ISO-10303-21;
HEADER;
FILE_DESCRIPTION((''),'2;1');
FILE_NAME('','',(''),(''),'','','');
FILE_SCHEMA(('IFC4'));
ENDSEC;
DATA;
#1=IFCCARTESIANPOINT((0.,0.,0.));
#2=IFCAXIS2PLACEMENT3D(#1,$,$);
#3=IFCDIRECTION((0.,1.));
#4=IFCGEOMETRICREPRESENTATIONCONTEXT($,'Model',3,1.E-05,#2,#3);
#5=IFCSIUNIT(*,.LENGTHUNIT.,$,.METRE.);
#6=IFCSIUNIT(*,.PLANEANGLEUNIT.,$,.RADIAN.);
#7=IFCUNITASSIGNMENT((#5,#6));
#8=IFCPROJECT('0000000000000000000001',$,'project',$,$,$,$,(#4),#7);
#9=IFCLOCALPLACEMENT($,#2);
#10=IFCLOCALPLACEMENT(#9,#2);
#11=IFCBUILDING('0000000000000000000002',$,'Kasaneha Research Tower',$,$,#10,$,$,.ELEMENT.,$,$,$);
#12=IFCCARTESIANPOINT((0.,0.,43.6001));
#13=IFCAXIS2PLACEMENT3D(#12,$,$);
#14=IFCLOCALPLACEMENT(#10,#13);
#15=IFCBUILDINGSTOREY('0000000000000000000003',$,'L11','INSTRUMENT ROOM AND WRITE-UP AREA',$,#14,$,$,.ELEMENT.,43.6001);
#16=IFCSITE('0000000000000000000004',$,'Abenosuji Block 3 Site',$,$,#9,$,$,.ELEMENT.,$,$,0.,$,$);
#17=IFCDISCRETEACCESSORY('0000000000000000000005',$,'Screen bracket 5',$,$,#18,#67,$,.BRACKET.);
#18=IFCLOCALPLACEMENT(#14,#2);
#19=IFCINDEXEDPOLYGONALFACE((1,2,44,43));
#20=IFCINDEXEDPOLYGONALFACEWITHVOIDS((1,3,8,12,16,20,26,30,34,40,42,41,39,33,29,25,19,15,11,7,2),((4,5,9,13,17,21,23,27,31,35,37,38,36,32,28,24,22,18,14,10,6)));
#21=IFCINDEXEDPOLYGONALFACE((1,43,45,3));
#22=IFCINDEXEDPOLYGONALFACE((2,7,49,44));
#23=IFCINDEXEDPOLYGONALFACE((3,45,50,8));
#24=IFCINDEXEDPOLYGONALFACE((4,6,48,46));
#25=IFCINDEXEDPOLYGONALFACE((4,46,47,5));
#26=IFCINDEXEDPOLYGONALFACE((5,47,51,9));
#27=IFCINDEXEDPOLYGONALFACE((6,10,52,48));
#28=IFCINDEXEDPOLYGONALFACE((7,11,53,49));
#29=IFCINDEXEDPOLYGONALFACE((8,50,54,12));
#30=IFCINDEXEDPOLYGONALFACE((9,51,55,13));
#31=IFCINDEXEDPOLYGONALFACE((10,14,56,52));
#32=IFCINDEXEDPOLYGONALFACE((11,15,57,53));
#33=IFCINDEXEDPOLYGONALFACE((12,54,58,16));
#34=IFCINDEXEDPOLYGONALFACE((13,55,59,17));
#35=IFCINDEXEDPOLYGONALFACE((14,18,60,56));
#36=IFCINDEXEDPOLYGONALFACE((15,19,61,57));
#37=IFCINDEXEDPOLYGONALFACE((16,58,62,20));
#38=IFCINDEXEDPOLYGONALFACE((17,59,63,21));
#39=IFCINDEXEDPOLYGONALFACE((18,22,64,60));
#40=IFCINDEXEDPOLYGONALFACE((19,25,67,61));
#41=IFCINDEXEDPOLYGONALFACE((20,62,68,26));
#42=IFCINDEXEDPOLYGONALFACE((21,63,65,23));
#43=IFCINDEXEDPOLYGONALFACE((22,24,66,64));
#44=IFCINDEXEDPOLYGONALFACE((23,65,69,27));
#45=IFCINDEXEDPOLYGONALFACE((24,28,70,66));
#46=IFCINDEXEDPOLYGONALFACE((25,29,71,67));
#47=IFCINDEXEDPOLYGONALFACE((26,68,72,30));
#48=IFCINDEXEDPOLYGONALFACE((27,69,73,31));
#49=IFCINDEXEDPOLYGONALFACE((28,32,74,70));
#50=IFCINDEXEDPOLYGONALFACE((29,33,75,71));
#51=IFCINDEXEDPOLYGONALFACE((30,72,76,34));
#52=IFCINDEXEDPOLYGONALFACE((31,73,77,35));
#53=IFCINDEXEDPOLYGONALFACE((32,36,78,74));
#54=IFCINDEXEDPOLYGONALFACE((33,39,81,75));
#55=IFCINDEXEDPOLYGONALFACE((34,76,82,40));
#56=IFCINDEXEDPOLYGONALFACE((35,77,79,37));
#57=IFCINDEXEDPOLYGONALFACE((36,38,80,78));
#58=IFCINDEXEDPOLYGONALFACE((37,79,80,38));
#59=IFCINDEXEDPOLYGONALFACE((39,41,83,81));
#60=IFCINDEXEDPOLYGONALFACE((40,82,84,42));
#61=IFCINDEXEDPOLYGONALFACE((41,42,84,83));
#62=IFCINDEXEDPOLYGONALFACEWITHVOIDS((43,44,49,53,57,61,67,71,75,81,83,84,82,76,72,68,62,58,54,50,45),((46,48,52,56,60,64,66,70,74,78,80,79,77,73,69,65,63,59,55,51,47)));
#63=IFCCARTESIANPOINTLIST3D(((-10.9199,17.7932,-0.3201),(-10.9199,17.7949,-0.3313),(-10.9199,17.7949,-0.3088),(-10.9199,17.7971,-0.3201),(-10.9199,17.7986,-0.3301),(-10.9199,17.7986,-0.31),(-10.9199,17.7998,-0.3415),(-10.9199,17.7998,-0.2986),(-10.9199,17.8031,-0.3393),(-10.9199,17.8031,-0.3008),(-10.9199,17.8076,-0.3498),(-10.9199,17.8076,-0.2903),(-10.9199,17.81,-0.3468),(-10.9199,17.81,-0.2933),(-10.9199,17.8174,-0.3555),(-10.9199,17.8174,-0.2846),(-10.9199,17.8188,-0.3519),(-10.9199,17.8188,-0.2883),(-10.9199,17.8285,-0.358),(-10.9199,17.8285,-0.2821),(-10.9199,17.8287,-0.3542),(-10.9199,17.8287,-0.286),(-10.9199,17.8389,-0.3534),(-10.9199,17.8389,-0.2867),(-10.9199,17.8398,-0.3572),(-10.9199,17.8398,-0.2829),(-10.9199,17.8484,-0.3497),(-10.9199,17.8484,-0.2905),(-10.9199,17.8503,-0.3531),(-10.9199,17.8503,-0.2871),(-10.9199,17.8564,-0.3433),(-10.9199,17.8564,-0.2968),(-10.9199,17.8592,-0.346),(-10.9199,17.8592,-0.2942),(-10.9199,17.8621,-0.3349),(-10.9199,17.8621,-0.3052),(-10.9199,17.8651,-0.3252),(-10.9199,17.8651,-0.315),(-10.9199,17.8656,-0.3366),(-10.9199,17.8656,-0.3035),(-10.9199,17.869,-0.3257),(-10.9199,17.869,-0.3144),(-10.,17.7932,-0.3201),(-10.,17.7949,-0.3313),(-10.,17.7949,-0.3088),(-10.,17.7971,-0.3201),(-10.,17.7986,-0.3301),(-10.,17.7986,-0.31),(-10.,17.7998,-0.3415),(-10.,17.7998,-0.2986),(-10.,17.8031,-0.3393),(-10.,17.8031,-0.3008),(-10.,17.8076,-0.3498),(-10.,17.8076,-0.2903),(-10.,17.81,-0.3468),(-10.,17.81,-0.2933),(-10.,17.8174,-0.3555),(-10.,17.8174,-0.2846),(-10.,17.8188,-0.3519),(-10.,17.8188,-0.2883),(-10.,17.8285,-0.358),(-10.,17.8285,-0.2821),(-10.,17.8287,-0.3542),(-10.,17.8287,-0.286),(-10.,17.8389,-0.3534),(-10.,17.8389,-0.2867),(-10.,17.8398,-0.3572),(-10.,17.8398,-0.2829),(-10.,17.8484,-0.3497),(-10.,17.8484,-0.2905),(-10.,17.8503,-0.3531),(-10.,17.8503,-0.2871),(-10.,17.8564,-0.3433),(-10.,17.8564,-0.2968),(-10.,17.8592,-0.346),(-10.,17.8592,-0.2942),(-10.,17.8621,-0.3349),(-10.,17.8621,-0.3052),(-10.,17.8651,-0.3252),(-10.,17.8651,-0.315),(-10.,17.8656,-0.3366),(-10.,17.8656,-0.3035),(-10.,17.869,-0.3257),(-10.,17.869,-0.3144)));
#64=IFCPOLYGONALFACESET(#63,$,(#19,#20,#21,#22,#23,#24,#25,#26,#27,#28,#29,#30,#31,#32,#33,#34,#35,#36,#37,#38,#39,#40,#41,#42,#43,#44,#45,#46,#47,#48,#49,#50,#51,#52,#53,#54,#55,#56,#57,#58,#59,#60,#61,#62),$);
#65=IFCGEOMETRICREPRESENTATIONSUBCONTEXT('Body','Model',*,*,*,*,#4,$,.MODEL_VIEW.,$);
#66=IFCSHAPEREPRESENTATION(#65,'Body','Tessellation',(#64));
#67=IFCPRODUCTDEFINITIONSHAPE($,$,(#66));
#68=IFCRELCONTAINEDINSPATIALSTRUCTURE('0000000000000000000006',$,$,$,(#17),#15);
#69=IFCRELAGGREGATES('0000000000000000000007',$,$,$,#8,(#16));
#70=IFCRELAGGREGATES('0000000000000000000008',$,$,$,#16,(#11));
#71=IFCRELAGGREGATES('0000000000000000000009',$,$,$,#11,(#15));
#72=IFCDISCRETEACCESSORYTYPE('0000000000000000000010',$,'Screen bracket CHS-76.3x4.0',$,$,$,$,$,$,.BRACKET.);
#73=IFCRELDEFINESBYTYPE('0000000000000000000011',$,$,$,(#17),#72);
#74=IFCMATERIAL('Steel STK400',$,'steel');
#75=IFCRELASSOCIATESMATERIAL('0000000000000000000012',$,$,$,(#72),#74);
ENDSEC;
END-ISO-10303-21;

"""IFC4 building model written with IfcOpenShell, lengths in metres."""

from ifc_helpers import new_model, si_unit, direction, frame, origin, origin_2d, place, context, subcontext, project, spatial, hollow_circle, extrude, material, material_profile, profile_set, type_object, element, save


model = new_model("IFC4")

# Units and contexts
model_context = context("Model", 3, precision=1e-05, world=origin(), true_north=direction((0.0, 1.0)))
body_context = subcontext(model_context, "Body", "Model", "MODEL_VIEW")
ifc_project = project(units=[si_unit("LENGTHUNIT", "METRE"), si_unit("PLANEANGLEUNIT", "RADIAN")], contexts=[model_context])

# Site, building, storey
site_placement = place(None, origin())
site = spatial("IfcSite", under=ifc_project, at=site_placement, Name="Abenosuji Block 3 Site", CompositionType="ELEMENT", RefElevation=0.0)
building_placement = place(site_placement, origin())
building = spatial("IfcBuilding", under=site, at=building_placement, Name="Kasaneha Research Tower", CompositionType="ELEMENT")
storey_placement = place(building_placement, frame((0.0, 0.0, 43.6001)))
storey = spatial("IfcBuildingStorey", under=building, at=storey_placement, Name="L11", Description="INSTRUMENT ROOM AND WRITE-UP AREA", CompositionType="ELEMENT", Elevation=43.6001)

# Discrete accessory
ifc_material_1 = material(Name="Steel STK400", Category="steel")
ifc_material_profile_1 = material_profile(ifc_material_1, hollow_circle(Radius=0.0381, WallThickness=0.0039, at=origin_2d()), Name="CHS-76.3x4.0")
ifc_profile_set_1 = profile_set([ifc_material_profile_1], Name="Steel STK400")
discrete_accessory_type = type_object("IfcDiscreteAccessoryType", Name="Screen bracket CHS-76.3x4.0", PredefinedType="BRACKET", material=ifc_profile_set_1)
for number, where, z_axis, x_axis, name in (
    (1, (-10.0, 17.8313, -0.3201), (-1.0, 0.0, 0.0), (0.0, -1.0, 0.0), "Screen bracket 5"),
):
    element("IfcDiscreteAccessory", number, at=place(storey_placement, frame(where, z_axis=z_axis, x_axis=x_axis)), inside=storey, type_object=discrete_accessory_type, Name=name, PredefinedType="BRACKET", context=body_context, shape_type="SweptSolid", body=[
        extrude(hollow_circle(Radius=0.0381, WallThickness=0.0039, at=origin_2d()), origin(), (0.0, 0.0, 1.0), 0.9199),
    ])

save(model, "model.ifc")
